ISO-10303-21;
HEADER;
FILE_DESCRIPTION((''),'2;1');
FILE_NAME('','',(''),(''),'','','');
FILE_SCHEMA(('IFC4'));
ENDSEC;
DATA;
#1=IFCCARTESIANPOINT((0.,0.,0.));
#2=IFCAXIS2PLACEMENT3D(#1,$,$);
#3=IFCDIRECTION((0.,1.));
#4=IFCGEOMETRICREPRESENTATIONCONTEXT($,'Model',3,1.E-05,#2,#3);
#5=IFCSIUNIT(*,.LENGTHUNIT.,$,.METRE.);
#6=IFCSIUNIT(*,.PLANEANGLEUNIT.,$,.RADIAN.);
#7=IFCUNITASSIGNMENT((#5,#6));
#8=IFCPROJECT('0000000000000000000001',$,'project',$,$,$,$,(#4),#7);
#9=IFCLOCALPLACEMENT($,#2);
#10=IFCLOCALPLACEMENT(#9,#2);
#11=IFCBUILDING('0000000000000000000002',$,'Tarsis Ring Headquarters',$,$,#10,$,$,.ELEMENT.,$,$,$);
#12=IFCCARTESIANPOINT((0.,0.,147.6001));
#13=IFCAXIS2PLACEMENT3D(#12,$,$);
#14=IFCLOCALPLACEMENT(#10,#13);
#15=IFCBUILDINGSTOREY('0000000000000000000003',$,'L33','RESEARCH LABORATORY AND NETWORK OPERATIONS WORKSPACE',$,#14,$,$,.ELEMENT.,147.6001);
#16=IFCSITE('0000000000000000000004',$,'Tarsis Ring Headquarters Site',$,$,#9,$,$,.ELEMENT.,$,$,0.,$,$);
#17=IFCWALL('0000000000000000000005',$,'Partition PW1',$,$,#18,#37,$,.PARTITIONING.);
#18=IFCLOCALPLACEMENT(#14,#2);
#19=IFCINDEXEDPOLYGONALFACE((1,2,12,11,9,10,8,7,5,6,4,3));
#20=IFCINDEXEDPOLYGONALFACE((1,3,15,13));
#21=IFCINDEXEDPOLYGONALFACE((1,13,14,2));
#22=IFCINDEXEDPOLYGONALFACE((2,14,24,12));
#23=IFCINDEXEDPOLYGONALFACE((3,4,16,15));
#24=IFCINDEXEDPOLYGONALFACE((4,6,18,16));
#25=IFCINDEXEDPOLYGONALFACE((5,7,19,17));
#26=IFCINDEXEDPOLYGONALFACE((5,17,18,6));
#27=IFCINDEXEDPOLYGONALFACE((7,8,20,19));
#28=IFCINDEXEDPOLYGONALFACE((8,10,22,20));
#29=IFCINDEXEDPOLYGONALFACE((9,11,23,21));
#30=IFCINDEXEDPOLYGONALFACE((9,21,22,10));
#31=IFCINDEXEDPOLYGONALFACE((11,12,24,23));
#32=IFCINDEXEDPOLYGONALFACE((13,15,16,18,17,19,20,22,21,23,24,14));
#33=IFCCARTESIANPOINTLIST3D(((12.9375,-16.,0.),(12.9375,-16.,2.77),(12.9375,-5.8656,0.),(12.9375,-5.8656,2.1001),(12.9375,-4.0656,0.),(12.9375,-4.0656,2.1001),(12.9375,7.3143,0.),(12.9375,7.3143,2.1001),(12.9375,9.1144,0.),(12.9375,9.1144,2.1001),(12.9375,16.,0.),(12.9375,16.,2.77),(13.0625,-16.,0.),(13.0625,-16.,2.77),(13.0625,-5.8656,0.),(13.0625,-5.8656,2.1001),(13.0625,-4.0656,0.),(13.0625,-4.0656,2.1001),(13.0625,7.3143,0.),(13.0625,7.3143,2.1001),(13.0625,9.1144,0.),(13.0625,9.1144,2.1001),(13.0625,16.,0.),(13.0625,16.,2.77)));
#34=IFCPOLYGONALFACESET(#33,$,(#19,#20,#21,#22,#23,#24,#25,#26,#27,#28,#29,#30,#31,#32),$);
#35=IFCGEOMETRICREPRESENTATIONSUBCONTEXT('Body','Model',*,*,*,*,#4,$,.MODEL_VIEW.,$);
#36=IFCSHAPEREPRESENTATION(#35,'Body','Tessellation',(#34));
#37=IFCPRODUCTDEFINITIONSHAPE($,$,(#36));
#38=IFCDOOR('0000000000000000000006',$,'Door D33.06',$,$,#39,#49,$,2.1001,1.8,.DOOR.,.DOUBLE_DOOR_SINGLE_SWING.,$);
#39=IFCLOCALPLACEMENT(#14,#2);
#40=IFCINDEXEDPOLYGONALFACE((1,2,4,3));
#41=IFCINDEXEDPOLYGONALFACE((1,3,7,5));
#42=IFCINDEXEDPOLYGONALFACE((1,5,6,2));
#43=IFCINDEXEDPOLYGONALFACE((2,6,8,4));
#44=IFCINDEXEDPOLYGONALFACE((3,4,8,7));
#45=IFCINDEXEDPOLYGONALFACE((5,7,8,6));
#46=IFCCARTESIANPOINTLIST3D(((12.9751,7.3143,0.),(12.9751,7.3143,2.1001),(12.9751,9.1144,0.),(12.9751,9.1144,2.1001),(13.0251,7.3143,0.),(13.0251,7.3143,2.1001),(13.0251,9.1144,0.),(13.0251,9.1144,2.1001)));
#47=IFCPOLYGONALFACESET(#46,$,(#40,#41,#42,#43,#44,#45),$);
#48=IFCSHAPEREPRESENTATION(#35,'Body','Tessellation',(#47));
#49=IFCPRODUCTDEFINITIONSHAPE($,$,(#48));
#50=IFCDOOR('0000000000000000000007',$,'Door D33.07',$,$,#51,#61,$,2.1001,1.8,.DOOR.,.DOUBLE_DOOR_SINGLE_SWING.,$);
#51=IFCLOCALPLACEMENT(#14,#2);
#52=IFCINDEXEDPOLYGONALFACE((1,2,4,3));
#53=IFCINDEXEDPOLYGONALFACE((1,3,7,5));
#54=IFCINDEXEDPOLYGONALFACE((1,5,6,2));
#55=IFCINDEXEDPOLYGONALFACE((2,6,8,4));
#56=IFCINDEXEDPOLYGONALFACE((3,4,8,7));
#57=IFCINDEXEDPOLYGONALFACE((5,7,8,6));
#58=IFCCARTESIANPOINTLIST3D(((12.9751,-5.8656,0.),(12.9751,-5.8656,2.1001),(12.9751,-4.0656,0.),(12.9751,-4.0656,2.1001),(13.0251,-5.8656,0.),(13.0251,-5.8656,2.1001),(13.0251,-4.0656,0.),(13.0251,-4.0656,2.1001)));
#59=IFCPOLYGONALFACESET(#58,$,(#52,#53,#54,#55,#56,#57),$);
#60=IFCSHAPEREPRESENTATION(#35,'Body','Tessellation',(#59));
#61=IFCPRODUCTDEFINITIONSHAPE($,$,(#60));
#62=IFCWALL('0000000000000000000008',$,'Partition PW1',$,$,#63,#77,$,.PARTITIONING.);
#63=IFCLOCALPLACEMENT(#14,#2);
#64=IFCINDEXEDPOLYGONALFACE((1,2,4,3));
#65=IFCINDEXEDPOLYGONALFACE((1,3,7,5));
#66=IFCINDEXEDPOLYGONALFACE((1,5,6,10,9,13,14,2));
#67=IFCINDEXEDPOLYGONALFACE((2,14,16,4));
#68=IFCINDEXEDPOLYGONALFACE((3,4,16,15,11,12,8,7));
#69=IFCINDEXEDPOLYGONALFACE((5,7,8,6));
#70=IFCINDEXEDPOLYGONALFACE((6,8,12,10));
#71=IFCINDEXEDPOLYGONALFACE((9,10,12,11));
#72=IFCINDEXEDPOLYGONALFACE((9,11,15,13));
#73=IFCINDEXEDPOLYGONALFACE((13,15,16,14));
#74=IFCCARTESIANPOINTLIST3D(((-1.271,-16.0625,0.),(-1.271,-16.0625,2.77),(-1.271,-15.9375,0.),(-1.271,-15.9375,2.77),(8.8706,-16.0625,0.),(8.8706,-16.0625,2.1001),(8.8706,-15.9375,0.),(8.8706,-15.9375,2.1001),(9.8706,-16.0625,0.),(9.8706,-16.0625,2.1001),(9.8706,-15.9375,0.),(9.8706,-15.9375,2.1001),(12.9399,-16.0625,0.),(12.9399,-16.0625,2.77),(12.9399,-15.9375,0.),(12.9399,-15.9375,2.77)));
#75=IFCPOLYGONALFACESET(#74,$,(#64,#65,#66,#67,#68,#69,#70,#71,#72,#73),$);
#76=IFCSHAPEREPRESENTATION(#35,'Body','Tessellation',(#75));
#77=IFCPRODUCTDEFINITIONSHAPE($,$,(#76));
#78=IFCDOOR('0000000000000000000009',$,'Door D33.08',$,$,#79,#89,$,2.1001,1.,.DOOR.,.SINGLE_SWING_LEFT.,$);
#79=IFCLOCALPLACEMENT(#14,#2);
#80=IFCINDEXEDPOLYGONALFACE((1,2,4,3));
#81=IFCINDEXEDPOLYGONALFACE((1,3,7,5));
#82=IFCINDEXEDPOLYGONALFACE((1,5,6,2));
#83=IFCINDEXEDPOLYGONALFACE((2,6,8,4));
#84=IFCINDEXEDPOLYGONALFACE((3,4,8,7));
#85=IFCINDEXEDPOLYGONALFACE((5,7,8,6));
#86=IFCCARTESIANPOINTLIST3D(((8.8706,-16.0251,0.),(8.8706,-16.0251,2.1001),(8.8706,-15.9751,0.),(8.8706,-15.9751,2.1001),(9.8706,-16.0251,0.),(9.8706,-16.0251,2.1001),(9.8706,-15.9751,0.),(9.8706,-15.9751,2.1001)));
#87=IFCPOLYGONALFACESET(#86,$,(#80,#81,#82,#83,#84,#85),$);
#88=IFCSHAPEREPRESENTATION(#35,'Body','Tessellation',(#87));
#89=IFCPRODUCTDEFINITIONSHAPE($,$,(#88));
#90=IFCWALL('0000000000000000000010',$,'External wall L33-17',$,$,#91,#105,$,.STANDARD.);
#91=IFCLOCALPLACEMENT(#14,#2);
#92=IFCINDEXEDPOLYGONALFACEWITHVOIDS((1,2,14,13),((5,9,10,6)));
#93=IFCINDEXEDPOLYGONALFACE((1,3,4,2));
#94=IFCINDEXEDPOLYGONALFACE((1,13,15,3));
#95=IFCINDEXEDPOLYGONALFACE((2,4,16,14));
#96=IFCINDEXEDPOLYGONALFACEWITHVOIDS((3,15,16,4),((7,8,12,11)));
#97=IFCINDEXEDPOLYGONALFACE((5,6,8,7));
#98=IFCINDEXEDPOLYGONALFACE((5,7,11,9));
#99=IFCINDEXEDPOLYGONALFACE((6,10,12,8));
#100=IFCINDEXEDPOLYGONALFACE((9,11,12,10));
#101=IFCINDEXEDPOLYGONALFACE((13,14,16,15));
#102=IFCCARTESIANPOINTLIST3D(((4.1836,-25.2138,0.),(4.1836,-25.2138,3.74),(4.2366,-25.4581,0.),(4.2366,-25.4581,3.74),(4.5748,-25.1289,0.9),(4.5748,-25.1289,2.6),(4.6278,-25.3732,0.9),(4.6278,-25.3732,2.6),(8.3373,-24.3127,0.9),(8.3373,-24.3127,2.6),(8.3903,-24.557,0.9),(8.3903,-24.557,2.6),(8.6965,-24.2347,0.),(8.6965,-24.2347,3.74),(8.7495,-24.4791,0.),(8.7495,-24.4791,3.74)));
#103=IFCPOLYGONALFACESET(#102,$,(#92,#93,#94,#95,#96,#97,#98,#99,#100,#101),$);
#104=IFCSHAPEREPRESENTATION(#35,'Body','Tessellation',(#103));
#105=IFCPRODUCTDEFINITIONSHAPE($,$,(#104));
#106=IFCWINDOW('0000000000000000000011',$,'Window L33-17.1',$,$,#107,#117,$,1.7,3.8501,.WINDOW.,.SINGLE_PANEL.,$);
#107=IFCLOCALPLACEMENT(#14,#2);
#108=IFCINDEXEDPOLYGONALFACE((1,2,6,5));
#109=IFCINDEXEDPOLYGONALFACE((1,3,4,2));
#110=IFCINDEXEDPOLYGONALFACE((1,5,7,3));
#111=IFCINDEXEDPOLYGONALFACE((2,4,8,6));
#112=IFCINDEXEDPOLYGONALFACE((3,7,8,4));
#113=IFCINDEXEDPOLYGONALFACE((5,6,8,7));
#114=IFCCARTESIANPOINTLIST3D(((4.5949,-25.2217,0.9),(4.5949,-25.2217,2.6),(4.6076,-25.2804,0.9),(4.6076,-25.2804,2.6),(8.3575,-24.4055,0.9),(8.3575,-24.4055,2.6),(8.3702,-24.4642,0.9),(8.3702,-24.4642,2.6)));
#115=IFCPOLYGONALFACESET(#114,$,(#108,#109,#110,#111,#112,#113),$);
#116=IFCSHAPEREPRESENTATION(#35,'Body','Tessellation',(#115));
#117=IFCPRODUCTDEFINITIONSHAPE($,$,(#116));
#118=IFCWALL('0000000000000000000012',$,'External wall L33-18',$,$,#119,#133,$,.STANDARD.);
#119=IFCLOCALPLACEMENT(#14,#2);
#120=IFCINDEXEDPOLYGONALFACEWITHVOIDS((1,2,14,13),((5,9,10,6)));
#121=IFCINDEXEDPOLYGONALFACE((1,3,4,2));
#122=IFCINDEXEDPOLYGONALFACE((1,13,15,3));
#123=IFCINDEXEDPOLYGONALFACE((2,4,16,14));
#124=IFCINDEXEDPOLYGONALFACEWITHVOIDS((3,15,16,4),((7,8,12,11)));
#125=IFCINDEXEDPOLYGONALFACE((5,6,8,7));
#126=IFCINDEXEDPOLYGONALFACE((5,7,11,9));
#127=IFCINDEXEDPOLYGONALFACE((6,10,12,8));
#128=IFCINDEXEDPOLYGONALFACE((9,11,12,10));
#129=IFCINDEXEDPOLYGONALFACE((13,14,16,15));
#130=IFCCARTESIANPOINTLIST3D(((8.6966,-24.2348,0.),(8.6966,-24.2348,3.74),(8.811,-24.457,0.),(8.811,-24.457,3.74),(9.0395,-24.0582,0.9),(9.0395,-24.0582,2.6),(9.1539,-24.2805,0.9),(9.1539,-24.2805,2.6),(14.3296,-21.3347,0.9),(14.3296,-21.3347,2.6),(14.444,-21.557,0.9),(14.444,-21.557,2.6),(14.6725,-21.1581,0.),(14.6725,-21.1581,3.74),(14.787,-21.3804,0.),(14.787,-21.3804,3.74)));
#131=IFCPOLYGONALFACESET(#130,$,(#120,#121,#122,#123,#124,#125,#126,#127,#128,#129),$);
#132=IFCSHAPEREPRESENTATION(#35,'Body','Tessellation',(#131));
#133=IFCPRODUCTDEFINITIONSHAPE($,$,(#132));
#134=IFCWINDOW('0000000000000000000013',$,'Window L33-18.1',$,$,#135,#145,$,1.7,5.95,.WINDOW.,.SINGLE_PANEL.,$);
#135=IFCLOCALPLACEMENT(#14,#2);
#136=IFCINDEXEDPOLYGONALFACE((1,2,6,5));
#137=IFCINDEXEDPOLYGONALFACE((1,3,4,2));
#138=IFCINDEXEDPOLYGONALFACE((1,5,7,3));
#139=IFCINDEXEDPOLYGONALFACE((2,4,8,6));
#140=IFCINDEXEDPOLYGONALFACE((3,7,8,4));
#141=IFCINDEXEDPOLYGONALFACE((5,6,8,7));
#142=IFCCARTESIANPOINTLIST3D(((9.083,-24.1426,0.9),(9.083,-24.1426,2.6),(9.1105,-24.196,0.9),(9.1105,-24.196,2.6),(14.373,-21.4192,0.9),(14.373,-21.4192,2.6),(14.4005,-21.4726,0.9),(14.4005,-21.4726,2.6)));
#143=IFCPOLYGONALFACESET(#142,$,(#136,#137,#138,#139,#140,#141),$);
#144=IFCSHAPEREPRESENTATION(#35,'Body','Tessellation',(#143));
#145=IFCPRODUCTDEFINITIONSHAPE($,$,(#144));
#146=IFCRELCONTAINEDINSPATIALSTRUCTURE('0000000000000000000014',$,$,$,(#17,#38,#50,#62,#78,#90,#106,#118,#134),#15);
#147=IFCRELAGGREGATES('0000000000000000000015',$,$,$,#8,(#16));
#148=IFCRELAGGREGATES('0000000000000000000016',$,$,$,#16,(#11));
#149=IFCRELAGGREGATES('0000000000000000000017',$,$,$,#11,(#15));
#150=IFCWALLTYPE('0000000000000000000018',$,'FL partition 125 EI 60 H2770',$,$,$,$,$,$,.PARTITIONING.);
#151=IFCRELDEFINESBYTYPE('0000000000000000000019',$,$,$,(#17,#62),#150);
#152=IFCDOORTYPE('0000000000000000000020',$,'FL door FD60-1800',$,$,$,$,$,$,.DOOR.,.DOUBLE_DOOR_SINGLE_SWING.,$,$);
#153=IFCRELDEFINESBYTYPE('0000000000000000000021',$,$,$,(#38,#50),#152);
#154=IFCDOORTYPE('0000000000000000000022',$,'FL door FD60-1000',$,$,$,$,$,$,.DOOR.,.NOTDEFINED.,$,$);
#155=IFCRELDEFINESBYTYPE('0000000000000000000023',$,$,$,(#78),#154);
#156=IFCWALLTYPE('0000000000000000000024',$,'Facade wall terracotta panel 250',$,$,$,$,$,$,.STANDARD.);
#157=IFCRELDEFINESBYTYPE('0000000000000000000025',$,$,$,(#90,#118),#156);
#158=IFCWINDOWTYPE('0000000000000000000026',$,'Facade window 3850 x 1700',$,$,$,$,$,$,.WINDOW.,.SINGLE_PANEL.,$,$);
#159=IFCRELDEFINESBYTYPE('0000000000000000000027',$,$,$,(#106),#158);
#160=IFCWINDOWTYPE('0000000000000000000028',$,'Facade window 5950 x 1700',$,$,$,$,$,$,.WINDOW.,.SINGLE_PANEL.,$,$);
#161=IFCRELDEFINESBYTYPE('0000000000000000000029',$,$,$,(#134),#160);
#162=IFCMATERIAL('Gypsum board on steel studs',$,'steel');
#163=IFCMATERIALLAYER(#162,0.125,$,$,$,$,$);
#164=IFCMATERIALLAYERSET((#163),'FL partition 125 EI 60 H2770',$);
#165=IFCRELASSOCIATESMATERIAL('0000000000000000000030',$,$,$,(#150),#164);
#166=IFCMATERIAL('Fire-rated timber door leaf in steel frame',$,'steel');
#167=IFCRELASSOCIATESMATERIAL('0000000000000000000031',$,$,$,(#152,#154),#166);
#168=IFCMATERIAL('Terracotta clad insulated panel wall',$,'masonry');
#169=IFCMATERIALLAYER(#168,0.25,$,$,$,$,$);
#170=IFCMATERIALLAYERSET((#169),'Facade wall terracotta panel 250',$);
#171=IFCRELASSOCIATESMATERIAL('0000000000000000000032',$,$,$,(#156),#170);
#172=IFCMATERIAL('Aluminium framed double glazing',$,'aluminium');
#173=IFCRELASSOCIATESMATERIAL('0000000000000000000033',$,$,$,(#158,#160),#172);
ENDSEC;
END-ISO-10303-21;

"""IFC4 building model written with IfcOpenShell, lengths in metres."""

from ifc_helpers import new_model, si_unit, direction, frame, frame_2d, origin, place, context, subcontext, project, spatial, rectangle, extrude, material, layer, layer_set, type_object, element, fill, save


model = new_model("IFC4")

# Units and contexts
model_context = context("Model", 3, precision=1e-05, world=origin(), true_north=direction((0.0, 1.0)))
body_context = subcontext(model_context, "Body", "Model", "MODEL_VIEW")
ifc_project = project(units=[si_unit("LENGTHUNIT", "METRE"), si_unit("PLANEANGLEUNIT", "RADIAN")], contexts=[model_context])

# Site, building, storey
site_placement = place(None, origin())
site = spatial("IfcSite", under=ifc_project, at=site_placement, Name="Tarsis Ring Headquarters Site", CompositionType="ELEMENT", RefElevation=0.0)
building_placement = place(site_placement, origin())
building = spatial("IfcBuilding", under=site, at=building_placement, Name="Tarsis Ring Headquarters", CompositionType="ELEMENT")
storey_placement = place(building_placement, frame((0.0, 0.0, 147.6001)))
storey = spatial("IfcBuildingStorey", under=building, at=storey_placement, Name="L33", Description="RESEARCH LABORATORY AND NETWORK OPERATIONS WORKSPACE", CompositionType="ELEMENT", Elevation=147.6001)

# Shared definitions
ifc_material_1 = material(Name="Gypsum board on steel studs", Category="steel")

# Wall, openings, doors
ifc_layer_1 = layer(ifc_material_1, 0.125)
ifc_layer_set_1 = layer_set([ifc_layer_1], Name="FL partition 125 EI 60 H2770")
wall_type_1 = type_object("IfcWallType", Name="FL partition 125 EI 60 H2770", PredefinedType="PARTITIONING", material=ifc_layer_set_1)
wall_1_placement = place(storey_placement, frame((13.0, -16.0, 0.0), z_axis=(0.0, 0.0, 1.0), x_axis=(0.0, 1.0, 0.0)))
wall_1 = element("IfcWall", 1, at=wall_1_placement, inside=storey, type_object=wall_type_1, Name="Partition PW1", PredefinedType="PARTITIONING", context=body_context, shape_type="SweptSolid", body=[
    extrude(rectangle(XDim=32.0, YDim=0.125, at=frame_2d((16.0, 0.0))), origin(), (0.0, 0.0, 1.0), 2.77),
])
opening_1_placement = place(wall_1_placement, frame((23.3145, 0.0, 0.0)))
opening_1 = element("IfcOpeningElement", 2, at=opening_1_placement, cuts=wall_1, PredefinedType="OPENING", context=body_context, shape_type="SweptSolid", body=[
    extrude(rectangle(XDim=1.8, YDim=2.1001, at=frame_2d((0.8999, 1.05))), frame((0.0, 0.0725, 0.0), z_axis=(0.0, -1.0, 0.0), x_axis=(1.0, 0.0, 0.0)), (0.0, 0.0, 1.0), 0.145),
])
opening_2_placement = place(wall_1_placement, frame((10.1345, 0.0, 0.0)))
opening_2 = element("IfcOpeningElement", 3, at=opening_2_placement, cuts=wall_1, PredefinedType="OPENING", context=body_context, shape_type="SweptSolid", body=[
    extrude(rectangle(XDim=1.8, YDim=2.1001, at=frame_2d((0.8999, 1.05))), frame((0.0, 0.0725, 0.0), z_axis=(0.0, -1.0, 0.0), x_axis=(1.0, 0.0, 0.0)), (0.0, 0.0, 1.0), 0.145),
])
ifc_material_2 = material(Name="Fire-rated timber door leaf in steel frame", Category="steel")
door_type_1 = type_object("IfcDoorType", Name="FL door FD60-1800", OperationType="DOUBLE_DOOR_SINGLE_SWING", PredefinedType="DOOR", material=ifc_material_2)
door_1_placement = place(opening_1_placement, origin())
door_1 = element("IfcDoor", 4, at=door_1_placement, inside=storey, type_object=door_type_1, Name="Door D33.06", OperationType="DOUBLE_DOOR_SINGLE_SWING", OverallHeight=2.1001, OverallWidth=1.8, PredefinedType="DOOR", context=body_context, shape_type="SweptSolid", body=[
    extrude(rectangle(XDim=1.8, YDim=2.1001, at=frame_2d((0.8999, 1.05))), frame((0.0, 0.0249, 0.0), z_axis=(0.0, -1.0, 0.0), x_axis=(1.0, 0.0, 0.0)), (0.0, 0.0, 1.0), 0.05),
])
fill(opening_1, door_1)
door_2_placement = place(opening_2_placement, origin())
door_2 = element("IfcDoor", 5, at=door_2_placement, inside=storey, type_object=door_type_1, Name="Door D33.07", OperationType="DOUBLE_DOOR_SINGLE_SWING", OverallHeight=2.1001, OverallWidth=1.8, PredefinedType="DOOR", context=body_context, shape_type="SweptSolid", body=[
    extrude(rectangle(XDim=1.8, YDim=2.1001, at=frame_2d((0.8999, 1.05))), frame((0.0, 0.0249, 0.0), z_axis=(0.0, -1.0, 0.0), x_axis=(1.0, 0.0, 0.0)), (0.0, 0.0, 1.0), 0.05),
])
fill(opening_2, door_2)

# Wall, opening, door
wall_2_placement = place(storey_placement, frame((-1.271, -16.0, 0.0), z_axis=(0.0, 0.0, 1.0), x_axis=(1.0, 0.0, 0.0)))
wall_2 = element("IfcWall", 6, at=wall_2_placement, inside=storey, type_object=wall_type_1, Name="Partition PW1", PredefinedType="PARTITIONING", context=body_context, shape_type="SweptSolid", body=[
    extrude(rectangle(XDim=14.2109, YDim=0.125, at=frame_2d((7.1055, 0.0))), origin(), (0.0, 0.0, 1.0), 2.77),
])
opening_3_placement = place(wall_2_placement, frame((10.1416, 0.0, 0.0)))
opening_3 = element("IfcOpeningElement", 7, at=opening_3_placement, cuts=wall_2, PredefinedType="OPENING", context=body_context, shape_type="SweptSolid", body=[
    extrude(rectangle(XDim=1.0, YDim=2.1001, at=frame_2d((0.5, 1.05))), frame((0.0, 0.0725, 0.0), z_axis=(0.0, -1.0, 0.0), x_axis=(1.0, 0.0, 0.0)), (0.0, 0.0, 1.0), 0.145),
])
door_type_2 = type_object("IfcDoorType", Name="FL door FD60-1000", OperationType="NOTDEFINED", PredefinedType="DOOR", material=ifc_material_2)
door_3_placement = place(opening_3_placement, origin())
door_3 = element("IfcDoor", 8, at=door_3_placement, inside=storey, type_object=door_type_2, Name="Door D33.08", OperationType="SINGLE_SWING_LEFT", OverallHeight=2.1001, OverallWidth=1.0, PredefinedType="DOOR", context=body_context, shape_type="SweptSolid", body=[
    extrude(rectangle(XDim=1.0, YDim=2.1001, at=frame_2d((0.5, 1.05))), frame((0.0, 0.0249, 0.0), z_axis=(0.0, -1.0, 0.0), x_axis=(1.0, 0.0, 0.0)), (0.0, 0.0, 1.0), 0.05),
])
fill(opening_3, door_3)

# Walls, openings, windows
ifc_material_3 = material(Name="Terracotta clad insulated panel wall", Category="masonry")
ifc_layer_2 = layer(ifc_material_3, 0.25)
ifc_layer_set_2 = layer_set([ifc_layer_2], Name="Facade wall terracotta panel 250")
wall_type_2 = type_object("IfcWallType", Name="Facade wall terracotta panel 250", PredefinedType="STANDARD", material=ifc_layer_set_2)
wall_3_placement = place(storey_placement, frame((4.21, -25.3359, 0.0), z_axis=(0.0, 0.0, 1.0), x_axis=(0.977269, 0.212002, 0.0)))
wall_3 = element("IfcWall", 9, at=wall_3_placement, inside=storey, type_object=wall_type_2, Name="External wall L33-17", PredefinedType="STANDARD", context=body_context, shape_type="SweptSolid", body=[
    extrude(rectangle(XDim=4.6179, YDim=0.25, at=frame_2d((2.3091, 0.0))), origin(), (0.0, 0.0, 1.0), 3.74),
])
opening_4_placement = place(wall_3_placement, frame((0.4004, 0.0, 0.8999)))
opening_4 = element("IfcOpeningElement", 10, at=opening_4_placement, cuts=wall_3, PredefinedType="OPENING", context=body_context, shape_type="SweptSolid", body=[
    extrude(rectangle(XDim=3.8501, YDim=1.7, at=frame_2d((1.925, 0.8501))), frame((0.0, 0.135, 0.0), z_axis=(0.0, -1.0, 0.0), x_axis=(1.0, 0.0, 0.0)), (0.0, 0.0, 1.0), 0.27),
])
ifc_material_4 = material(Name="Aluminium framed double glazing", Category="aluminium")
window_type_1 = type_object("IfcWindowType", Name="Facade window 3850 x 1700", PartitioningType="SINGLE_PANEL", PredefinedType="WINDOW", material=ifc_material_4)
window_1_placement = place(opening_4_placement, origin())
window_1 = element("IfcWindow", 11, at=window_1_placement, inside=storey, type_object=window_type_1, Name="Window L33-17.1", OverallHeight=1.7, OverallWidth=3.8501, PartitioningType="SINGLE_PANEL", PredefinedType="WINDOW", context=body_context, shape_type="SweptSolid", body=[
    extrude(rectangle(XDim=3.8501, YDim=1.7, at=frame_2d((1.925, 0.8501))), frame((0.0, 0.03, 0.0), z_axis=(0.0, -1.0, 0.0), x_axis=(1.0, 0.0, 0.0)), (0.0, 0.0, 1.0), 0.0601),
])
fill(opening_4, window_1)
wall_4_placement = place(storey_placement, frame((8.7537, -24.3459, 0.0), z_axis=(0.0, 0.0, 1.0), x_axis=(0.889091, 0.45773, 0.0)))
wall_4 = element("IfcWall", 12, at=wall_4_placement, inside=storey, type_object=wall_type_2, Name="External wall L33-18", PredefinedType="STANDARD", context=body_context, shape_type="SweptSolid", body=[
    extrude(rectangle(XDim=6.7214, YDim=0.25, at=frame_2d((3.3608, 0.0))), origin(), (0.0, 0.0, 1.0), 3.74),
])
opening_5_placement = place(wall_4_placement, frame((0.3857, 0.0, 0.8999)))
opening_5 = element("IfcOpeningElement", 13, at=opening_5_placement, cuts=wall_4, PredefinedType="OPENING", context=body_context, shape_type="SweptSolid", body=[
    extrude(rectangle(XDim=5.95, YDim=1.7, at=frame_2d((2.9751, 0.8501))), frame((0.0, 0.135, 0.0), z_axis=(0.0, -1.0, 0.0), x_axis=(1.0, 0.0, 0.0)), (0.0, 0.0, 1.0), 0.27),
])
window_type_2 = type_object("IfcWindowType", Name="Facade window 5950 x 1700", PartitioningType="SINGLE_PANEL", PredefinedType="WINDOW", material=ifc_material_4)
window_2_placement = place(opening_5_placement, origin())
window_2 = element("IfcWindow", 14, at=window_2_placement, inside=storey, type_object=window_type_2, Name="Window L33-18.1", OverallHeight=1.7, OverallWidth=5.95, PartitioningType="SINGLE_PANEL", PredefinedType="WINDOW", context=body_context, shape_type="SweptSolid", body=[
    extrude(rectangle(XDim=5.95, YDim=1.7, at=frame_2d((2.9751, 0.8501))), frame((0.0, 0.03, 0.0), z_axis=(0.0, -1.0, 0.0), x_axis=(1.0, 0.0, 0.0)), (0.0, 0.0, 1.0), 0.0601),
])
fill(opening_5, window_2)

save(model, "model.ifc")
